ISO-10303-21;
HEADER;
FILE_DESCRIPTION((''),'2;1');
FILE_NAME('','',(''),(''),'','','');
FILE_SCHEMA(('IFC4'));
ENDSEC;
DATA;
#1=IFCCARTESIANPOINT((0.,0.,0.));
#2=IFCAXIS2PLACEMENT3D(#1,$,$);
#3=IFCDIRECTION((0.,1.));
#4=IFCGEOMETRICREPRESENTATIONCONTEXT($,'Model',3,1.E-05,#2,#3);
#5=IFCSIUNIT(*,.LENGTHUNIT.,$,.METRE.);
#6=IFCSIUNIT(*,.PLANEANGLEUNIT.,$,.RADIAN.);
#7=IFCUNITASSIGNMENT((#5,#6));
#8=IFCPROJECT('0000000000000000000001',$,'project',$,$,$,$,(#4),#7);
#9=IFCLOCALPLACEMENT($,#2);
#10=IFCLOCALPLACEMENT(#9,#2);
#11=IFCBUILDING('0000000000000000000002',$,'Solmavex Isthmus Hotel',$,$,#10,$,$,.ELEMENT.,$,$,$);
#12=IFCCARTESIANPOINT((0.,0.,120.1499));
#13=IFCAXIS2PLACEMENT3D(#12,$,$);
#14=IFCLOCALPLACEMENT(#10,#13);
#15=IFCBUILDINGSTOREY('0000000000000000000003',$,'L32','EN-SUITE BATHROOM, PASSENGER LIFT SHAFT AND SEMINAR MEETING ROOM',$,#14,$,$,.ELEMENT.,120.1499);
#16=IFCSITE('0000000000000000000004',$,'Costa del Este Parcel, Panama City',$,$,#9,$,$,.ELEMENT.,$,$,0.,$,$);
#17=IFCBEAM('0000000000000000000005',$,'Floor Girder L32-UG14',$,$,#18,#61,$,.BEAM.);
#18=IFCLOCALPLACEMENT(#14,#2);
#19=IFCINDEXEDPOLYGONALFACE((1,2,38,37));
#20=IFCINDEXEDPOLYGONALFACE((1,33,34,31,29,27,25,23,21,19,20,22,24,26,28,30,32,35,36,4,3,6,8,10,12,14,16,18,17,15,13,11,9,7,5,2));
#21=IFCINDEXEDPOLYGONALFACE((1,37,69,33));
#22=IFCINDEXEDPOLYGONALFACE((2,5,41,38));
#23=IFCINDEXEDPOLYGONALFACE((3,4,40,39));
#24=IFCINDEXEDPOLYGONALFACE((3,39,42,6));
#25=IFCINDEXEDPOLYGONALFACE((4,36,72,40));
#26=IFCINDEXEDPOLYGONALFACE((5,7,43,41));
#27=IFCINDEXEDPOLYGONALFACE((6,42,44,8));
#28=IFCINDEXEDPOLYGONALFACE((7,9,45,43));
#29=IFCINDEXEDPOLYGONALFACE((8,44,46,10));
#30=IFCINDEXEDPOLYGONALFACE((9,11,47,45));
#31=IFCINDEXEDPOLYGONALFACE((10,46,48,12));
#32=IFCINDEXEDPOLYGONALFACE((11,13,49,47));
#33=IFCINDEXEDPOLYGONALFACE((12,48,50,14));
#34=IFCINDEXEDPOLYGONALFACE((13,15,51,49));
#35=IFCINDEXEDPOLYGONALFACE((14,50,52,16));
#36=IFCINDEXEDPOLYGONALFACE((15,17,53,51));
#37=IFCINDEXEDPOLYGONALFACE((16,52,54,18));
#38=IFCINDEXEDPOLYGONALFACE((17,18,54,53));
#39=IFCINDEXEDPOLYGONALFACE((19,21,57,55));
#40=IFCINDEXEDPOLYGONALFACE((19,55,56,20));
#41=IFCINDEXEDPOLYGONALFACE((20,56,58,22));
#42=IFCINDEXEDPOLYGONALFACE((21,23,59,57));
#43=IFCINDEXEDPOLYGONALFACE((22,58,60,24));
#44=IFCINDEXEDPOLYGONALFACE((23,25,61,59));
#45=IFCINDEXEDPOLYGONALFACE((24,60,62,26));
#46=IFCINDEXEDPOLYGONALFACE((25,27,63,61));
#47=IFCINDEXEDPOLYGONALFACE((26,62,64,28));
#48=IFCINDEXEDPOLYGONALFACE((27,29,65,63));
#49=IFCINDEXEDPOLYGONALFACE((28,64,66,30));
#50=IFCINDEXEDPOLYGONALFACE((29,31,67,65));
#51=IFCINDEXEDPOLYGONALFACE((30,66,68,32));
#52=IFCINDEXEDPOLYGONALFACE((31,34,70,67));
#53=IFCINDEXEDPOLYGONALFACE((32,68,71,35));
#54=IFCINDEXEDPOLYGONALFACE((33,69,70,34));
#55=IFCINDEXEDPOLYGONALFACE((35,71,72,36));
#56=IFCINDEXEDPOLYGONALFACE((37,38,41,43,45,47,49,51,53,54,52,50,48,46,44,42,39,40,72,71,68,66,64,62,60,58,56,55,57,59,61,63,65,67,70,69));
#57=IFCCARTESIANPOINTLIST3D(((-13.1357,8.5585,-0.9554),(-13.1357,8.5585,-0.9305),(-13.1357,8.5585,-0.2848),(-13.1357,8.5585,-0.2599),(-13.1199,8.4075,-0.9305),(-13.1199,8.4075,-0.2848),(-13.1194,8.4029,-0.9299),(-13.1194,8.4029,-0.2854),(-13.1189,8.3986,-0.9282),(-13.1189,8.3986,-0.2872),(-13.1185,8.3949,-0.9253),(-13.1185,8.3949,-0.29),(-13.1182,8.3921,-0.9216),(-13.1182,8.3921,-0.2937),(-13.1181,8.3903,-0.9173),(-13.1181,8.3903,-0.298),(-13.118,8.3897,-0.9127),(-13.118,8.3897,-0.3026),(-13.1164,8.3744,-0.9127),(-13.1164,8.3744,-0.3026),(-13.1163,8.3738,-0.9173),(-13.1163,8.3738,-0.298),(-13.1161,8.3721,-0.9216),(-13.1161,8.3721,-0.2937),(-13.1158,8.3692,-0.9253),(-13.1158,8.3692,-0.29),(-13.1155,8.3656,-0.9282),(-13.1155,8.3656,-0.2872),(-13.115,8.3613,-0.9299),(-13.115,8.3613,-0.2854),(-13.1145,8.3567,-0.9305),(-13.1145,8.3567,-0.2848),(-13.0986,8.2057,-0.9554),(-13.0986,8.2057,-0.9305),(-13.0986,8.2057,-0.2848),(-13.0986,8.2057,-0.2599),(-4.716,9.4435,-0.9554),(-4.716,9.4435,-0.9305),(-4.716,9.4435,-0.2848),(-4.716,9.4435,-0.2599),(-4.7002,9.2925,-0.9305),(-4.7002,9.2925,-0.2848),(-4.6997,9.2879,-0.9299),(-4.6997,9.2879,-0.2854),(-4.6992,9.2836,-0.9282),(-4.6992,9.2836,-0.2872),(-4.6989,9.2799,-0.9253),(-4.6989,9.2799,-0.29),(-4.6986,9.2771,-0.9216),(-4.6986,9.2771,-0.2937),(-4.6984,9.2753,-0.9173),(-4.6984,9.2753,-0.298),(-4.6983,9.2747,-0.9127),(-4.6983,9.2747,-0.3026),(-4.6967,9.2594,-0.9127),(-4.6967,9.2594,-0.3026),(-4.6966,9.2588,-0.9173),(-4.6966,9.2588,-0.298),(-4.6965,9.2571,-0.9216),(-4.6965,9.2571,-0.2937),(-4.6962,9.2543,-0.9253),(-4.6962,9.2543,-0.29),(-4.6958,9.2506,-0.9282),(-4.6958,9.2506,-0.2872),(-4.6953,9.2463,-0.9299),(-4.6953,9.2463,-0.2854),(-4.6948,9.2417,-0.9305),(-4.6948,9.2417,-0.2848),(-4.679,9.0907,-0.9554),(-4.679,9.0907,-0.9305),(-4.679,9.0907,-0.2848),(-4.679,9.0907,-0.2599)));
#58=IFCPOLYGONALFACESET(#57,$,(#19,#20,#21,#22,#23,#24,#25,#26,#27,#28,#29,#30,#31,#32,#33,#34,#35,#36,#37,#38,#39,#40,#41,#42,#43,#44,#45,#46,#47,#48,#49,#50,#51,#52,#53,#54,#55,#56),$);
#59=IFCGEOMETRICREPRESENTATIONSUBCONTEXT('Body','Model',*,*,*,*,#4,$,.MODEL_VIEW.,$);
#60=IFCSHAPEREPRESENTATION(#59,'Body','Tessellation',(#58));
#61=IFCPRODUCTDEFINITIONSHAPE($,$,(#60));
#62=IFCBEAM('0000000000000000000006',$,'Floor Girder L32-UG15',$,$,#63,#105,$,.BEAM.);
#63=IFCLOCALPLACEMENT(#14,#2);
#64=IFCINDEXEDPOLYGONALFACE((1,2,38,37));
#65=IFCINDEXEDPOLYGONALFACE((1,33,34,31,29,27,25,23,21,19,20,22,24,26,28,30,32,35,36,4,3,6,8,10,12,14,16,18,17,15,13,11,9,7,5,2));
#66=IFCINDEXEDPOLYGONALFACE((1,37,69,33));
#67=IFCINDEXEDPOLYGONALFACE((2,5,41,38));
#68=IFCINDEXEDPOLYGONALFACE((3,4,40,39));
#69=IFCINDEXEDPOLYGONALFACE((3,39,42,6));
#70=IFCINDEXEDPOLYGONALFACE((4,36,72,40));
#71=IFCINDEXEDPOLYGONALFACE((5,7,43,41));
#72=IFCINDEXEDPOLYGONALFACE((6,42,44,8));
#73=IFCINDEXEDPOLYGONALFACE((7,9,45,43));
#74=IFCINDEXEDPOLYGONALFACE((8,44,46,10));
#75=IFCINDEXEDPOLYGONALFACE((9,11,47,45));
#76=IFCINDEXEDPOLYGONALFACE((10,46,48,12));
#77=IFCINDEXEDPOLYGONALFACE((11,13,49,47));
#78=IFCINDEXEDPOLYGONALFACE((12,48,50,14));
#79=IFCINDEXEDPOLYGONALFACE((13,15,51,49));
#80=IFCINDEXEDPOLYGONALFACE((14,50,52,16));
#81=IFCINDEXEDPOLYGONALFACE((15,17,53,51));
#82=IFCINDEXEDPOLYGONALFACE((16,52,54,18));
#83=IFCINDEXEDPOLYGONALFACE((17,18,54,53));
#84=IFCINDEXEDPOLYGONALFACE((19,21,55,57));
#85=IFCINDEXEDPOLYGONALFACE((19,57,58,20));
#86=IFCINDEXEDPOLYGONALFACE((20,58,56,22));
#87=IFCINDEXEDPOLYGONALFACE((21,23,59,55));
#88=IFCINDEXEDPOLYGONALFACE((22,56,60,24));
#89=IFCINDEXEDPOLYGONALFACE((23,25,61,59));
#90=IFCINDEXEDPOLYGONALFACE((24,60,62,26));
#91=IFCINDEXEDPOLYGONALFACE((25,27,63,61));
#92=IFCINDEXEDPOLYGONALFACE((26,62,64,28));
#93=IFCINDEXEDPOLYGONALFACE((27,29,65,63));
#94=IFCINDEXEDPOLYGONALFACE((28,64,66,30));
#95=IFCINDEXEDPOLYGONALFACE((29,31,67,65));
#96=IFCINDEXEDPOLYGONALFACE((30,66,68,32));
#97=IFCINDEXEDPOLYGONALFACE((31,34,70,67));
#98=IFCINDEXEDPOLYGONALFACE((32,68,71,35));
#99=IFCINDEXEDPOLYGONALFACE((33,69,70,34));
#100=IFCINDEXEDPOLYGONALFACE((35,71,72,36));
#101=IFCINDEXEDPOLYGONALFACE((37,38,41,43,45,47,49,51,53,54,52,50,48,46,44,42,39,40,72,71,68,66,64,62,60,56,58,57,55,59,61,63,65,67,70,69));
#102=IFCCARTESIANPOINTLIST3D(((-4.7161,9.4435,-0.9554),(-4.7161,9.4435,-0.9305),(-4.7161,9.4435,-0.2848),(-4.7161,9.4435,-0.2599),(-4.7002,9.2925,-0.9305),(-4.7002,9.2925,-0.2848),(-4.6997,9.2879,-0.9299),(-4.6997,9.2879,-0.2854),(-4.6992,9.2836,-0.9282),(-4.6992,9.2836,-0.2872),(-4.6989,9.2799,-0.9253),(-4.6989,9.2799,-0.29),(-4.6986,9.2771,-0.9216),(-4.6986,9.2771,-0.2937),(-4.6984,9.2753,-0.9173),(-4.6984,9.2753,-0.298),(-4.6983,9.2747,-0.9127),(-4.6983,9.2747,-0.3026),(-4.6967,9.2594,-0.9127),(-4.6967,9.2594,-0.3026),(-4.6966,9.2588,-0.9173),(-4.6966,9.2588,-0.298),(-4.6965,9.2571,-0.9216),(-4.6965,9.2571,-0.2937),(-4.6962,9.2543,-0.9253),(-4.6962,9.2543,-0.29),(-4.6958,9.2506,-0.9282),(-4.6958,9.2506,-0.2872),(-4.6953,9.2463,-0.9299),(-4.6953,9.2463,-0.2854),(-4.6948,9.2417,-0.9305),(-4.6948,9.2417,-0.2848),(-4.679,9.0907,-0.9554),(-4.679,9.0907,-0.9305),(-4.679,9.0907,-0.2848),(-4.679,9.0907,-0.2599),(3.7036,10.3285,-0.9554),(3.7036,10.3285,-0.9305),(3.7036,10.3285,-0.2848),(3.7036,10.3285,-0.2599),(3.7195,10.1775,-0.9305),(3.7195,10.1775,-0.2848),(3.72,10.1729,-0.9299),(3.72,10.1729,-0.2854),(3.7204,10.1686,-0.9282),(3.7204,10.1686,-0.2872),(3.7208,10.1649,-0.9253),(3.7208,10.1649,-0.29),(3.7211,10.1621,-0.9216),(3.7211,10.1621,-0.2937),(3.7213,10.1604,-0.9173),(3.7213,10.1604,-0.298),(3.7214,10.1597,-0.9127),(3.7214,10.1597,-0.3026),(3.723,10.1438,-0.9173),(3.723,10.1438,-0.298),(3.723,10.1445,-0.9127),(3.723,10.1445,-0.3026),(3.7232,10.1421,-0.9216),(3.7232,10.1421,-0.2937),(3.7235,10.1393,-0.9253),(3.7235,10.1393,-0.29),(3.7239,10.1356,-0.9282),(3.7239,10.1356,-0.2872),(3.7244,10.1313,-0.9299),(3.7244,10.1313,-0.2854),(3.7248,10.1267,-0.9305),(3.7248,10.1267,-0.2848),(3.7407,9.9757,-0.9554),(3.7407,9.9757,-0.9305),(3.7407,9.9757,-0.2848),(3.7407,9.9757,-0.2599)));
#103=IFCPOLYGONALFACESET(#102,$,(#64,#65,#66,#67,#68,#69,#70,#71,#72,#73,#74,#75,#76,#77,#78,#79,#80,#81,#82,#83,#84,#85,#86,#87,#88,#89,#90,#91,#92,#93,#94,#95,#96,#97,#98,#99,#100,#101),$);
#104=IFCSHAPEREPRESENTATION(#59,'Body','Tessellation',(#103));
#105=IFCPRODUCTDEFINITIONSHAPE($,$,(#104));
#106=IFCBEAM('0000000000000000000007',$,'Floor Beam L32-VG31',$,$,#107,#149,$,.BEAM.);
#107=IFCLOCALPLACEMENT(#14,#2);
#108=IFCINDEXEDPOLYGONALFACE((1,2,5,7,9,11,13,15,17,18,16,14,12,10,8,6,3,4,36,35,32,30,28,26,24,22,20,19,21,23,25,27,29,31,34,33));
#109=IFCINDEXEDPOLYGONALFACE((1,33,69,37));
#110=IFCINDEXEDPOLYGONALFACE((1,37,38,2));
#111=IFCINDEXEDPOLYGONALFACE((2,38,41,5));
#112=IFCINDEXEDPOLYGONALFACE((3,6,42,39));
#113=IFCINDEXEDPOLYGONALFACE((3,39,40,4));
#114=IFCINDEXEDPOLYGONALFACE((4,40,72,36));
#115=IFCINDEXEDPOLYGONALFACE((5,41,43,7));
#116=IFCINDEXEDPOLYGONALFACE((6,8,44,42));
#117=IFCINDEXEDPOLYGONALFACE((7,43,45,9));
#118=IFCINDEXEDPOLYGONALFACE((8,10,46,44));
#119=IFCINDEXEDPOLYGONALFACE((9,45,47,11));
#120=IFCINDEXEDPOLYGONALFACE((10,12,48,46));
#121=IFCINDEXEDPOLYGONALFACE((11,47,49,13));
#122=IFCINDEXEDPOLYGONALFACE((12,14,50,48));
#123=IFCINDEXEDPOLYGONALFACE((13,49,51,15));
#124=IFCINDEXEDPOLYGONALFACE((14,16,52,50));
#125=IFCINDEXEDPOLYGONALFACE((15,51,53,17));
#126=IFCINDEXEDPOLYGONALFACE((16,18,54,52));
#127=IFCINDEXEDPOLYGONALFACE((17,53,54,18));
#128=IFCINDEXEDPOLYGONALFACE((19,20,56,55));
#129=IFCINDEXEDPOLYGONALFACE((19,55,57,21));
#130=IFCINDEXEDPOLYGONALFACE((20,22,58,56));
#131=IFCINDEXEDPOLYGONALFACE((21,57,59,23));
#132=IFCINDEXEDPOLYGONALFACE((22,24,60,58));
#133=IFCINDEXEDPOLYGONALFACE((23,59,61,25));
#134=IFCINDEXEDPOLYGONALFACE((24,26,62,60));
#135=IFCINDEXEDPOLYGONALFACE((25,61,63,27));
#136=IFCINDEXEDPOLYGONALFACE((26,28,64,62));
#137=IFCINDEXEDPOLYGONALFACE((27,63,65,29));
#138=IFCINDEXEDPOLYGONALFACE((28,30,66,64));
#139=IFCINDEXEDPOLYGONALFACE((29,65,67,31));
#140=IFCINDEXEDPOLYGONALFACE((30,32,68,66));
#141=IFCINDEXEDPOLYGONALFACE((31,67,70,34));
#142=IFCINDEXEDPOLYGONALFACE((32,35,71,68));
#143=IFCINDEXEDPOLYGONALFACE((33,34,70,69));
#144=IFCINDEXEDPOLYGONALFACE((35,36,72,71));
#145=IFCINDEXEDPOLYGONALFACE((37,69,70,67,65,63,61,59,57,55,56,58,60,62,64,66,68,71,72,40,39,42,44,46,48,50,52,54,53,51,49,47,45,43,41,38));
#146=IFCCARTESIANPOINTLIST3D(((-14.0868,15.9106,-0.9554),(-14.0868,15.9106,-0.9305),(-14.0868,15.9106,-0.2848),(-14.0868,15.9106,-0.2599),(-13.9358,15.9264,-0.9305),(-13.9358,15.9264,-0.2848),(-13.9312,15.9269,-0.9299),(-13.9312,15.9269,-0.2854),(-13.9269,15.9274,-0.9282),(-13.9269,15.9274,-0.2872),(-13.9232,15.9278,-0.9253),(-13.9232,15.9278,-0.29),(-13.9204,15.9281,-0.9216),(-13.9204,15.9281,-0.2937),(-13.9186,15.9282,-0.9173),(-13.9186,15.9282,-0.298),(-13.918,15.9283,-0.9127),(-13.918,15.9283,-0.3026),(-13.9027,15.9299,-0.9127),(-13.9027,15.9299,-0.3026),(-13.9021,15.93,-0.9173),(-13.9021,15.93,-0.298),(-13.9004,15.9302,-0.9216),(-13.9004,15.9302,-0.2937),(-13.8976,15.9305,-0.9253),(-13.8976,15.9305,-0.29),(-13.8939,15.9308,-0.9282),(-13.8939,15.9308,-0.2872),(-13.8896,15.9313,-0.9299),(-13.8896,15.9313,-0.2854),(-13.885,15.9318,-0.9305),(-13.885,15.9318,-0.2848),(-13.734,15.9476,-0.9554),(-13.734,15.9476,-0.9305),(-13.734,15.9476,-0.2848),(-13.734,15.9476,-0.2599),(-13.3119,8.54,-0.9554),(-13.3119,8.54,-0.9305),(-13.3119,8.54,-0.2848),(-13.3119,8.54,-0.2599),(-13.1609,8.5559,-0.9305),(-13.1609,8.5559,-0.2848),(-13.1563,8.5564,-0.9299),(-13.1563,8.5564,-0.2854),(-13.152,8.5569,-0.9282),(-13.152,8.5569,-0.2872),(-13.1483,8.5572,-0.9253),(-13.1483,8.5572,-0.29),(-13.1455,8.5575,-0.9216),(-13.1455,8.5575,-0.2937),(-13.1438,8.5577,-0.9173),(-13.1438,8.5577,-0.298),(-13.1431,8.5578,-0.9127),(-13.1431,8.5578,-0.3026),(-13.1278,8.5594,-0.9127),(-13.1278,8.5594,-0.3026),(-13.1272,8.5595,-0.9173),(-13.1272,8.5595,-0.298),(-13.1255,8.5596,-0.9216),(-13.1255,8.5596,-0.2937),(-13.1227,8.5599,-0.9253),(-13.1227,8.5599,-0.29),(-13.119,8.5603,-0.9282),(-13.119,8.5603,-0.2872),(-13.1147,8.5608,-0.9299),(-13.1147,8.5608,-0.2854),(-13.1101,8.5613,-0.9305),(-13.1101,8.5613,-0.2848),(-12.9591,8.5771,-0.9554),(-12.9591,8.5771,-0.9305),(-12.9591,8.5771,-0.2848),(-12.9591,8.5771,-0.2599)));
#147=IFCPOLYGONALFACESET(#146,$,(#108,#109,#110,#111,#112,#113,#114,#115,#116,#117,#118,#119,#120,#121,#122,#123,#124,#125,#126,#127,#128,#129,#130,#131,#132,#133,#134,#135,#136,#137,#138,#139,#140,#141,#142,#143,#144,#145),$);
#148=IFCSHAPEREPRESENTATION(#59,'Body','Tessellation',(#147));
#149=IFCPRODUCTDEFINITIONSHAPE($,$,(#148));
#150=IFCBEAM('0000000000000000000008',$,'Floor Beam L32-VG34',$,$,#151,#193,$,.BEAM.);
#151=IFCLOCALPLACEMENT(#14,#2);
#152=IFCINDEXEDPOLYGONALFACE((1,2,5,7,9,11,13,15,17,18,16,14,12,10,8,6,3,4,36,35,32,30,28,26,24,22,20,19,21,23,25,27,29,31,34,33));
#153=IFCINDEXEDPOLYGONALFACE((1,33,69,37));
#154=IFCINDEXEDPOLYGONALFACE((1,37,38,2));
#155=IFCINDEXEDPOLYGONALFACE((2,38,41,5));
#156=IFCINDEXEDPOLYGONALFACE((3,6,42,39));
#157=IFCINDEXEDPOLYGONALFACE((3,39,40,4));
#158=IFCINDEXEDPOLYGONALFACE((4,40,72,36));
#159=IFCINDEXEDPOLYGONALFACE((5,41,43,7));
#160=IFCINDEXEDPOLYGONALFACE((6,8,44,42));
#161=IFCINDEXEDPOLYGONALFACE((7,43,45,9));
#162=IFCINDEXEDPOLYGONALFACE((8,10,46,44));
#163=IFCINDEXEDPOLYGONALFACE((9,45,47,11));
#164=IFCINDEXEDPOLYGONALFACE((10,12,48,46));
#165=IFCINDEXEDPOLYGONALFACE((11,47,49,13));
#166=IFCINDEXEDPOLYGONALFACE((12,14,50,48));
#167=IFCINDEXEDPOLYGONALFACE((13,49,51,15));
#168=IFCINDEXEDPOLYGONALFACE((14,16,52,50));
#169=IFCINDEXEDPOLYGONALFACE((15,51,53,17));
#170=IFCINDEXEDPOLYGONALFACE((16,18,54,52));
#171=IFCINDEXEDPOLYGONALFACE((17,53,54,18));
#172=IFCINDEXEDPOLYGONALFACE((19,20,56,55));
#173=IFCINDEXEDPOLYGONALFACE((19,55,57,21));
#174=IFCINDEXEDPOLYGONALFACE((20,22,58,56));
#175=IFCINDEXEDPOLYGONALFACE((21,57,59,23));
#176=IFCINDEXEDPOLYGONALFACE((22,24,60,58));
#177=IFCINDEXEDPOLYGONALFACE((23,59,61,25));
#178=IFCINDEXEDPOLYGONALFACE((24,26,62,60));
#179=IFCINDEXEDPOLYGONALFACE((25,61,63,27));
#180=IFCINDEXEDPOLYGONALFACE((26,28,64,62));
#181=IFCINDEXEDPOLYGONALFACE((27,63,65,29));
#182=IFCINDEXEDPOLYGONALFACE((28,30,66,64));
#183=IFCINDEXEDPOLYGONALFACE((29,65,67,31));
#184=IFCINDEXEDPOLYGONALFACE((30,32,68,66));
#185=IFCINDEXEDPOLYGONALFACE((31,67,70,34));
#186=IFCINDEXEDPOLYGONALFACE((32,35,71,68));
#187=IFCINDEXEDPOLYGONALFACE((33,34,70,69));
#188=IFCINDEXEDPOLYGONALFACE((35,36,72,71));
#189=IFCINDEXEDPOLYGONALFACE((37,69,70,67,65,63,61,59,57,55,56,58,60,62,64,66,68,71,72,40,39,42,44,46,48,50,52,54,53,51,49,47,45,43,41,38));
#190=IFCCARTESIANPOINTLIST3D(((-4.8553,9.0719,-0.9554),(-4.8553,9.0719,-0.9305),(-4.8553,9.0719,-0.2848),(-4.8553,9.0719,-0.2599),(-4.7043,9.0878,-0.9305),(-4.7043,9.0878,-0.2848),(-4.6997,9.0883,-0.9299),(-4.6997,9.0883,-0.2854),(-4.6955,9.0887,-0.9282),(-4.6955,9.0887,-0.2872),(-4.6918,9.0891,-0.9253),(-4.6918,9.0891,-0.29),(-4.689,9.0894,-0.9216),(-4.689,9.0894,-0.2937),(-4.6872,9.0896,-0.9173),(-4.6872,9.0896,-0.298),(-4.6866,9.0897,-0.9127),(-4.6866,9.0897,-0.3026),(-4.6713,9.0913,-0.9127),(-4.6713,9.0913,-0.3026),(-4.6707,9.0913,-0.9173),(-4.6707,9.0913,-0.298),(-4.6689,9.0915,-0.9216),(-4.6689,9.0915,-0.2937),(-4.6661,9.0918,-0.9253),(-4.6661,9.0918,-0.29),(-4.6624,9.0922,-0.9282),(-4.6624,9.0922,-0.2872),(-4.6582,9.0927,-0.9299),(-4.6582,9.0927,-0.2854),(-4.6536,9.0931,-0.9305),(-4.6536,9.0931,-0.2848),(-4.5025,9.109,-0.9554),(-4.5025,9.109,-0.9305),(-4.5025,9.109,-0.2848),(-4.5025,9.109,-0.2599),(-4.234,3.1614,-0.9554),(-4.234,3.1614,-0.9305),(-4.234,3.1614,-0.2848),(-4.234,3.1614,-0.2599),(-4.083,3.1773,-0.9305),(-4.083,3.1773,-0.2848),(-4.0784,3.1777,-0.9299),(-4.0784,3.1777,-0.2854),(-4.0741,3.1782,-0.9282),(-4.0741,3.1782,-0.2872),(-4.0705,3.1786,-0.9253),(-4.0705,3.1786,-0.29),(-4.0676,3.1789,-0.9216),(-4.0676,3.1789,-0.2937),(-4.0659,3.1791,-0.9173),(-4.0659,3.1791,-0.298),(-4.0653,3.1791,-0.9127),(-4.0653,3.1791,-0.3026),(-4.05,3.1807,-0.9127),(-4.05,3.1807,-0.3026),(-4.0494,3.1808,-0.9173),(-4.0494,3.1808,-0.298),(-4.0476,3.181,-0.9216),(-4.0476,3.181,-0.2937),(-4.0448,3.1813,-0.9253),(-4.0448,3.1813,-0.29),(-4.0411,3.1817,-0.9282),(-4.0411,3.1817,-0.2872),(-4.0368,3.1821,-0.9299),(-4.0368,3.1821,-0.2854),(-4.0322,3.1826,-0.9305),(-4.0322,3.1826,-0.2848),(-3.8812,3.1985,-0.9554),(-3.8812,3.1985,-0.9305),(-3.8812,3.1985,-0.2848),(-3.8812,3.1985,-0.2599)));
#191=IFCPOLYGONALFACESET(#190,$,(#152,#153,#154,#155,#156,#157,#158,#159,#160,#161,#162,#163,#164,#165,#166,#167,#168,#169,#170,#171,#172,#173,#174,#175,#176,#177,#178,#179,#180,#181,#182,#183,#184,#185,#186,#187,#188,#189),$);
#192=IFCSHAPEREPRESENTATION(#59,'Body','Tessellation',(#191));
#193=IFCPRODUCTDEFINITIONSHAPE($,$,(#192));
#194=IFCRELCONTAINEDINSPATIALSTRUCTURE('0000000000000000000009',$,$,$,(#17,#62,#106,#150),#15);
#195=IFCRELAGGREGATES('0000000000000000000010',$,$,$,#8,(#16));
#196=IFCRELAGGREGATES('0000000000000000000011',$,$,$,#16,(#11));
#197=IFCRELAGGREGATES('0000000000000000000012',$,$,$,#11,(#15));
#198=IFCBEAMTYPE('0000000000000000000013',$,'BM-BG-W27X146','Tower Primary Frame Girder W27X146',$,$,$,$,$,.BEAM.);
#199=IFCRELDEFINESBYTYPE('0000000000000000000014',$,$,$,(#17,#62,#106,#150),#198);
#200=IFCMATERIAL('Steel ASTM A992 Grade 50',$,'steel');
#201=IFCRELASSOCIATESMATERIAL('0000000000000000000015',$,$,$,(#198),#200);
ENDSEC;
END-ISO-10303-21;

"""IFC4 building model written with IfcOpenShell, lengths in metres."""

from ifc_helpers import new_model, si_unit, direction, frame, origin, origin_2d, place, context, subcontext, project, spatial, i_section, extrude, material, material_profile, profile_set, type_object, element, save


model = new_model("IFC4")

# Units and contexts
model_context = context("Model", 3, precision=1e-05, world=origin(), true_north=direction((0.0, 1.0)))
body_context = subcontext(model_context, "Body", "Model", "MODEL_VIEW")
ifc_project = project(units=[si_unit("LENGTHUNIT", "METRE"), si_unit("PLANEANGLEUNIT", "RADIAN")], contexts=[model_context])

# Site, building, storey
site_placement = place(None, origin())
site = spatial("IfcSite", under=ifc_project, at=site_placement, Name="Costa del Este Parcel, Panama City", CompositionType="ELEMENT", RefElevation=0.0)
building_placement = place(site_placement, origin())
building = spatial("IfcBuilding", under=site, at=building_placement, Name="Solmavex Isthmus Hotel", CompositionType="ELEMENT")
storey_placement = place(building_placement, frame((0.0, 0.0, 120.1499)))
storey = spatial("IfcBuildingStorey", under=building, at=storey_placement, Name="L32", Description="EN-SUITE BATHROOM, PASSENGER LIFT SHAFT AND SEMINAR MEETING ROOM", CompositionType="ELEMENT", Elevation=120.1499)

# Beams
ifc_material_1 = material(Name="Steel ASTM A992 Grade 50", Category="steel")
ifc_material_profile_1 = material_profile(ifc_material_1, i_section(OverallWidth=0.3547, OverallDepth=0.6956, WebThickness=0.0154, FlangeThickness=0.0249, FilletRadius=0.0178, at=origin_2d()), Name="W27X146")
ifc_profile_set_1 = profile_set([ifc_material_profile_1], Name="Steel ASTM A992 Grade 50")
beam_type_1 = type_object("IfcBeamType", Name="BM-BG-W27X146", Description="Tower Primary Frame Girder W27X146", PredefinedType="BEAM", material=ifc_profile_set_1)
for number, where, z_axis, x_axis, name in (
    (1, (-13.1172, 8.3821, -0.6077), (0.994521, 0.104536, 0.0), (-0.104536, 0.994521, 0.0), "Floor Girder L32-UG14"),
    (2, (-4.6975, 9.2671, -0.6077), (0.994521, 0.104536, 0.0), (-0.104536, 0.994521, 0.0), "Floor Girder L32-UG15"),
):
    element("IfcBeam", number, at=place(storey_placement, frame(where, z_axis=z_axis, x_axis=x_axis)), inside=storey, type_object=beam_type_1, Name=name, PredefinedType="BEAM", context=body_context, shape_type="SweptSolid", body=[
        extrude(i_section(OverallWidth=0.3547, OverallDepth=0.6956, WebThickness=0.0154, FlangeThickness=0.0249, FilletRadius=0.0178, at=origin_2d()), origin(), (0.0, 0.0, 1.0), 8.4661),
    ])
beam_1_placement = place(storey_placement, frame((-13.1355, 8.5586, -0.6077), z_axis=(-0.104558, 0.994519, 0.0), x_axis=(-0.994519, -0.104558, 0.0)))
element("IfcBeam", 3, at=beam_1_placement, inside=storey, type_object=beam_type_1, Name="Floor Beam L32-VG31", PredefinedType="BEAM", context=body_context, shape_type="SweptSolid", body=[
    extrude(i_section(OverallWidth=0.3547, OverallDepth=0.6956, WebThickness=0.0154, FlangeThickness=0.0249, FilletRadius=0.0178, at=origin_2d()), origin(), (0.0, 0.0, 1.0), 7.4111),
])
beam_2_placement = place(storey_placement, frame((-4.0576, 3.1799, -0.6077), z_axis=(-0.104546, 0.99452, 0.0), x_axis=(-0.99452, -0.104546, 0.0)))
element("IfcBeam", 4, at=beam_2_placement, inside=storey, type_object=beam_type_1, Name="Floor Beam L32-VG34", PredefinedType="BEAM", context=body_context, shape_type="SweptSolid", body=[
    extrude(i_section(OverallWidth=0.3547, OverallDepth=0.6956, WebThickness=0.0154, FlangeThickness=0.0249, FilletRadius=0.0178, at=origin_2d()), origin(), (0.0, 0.0, 1.0), 5.9431),
])

save(model, "model.ifc")
